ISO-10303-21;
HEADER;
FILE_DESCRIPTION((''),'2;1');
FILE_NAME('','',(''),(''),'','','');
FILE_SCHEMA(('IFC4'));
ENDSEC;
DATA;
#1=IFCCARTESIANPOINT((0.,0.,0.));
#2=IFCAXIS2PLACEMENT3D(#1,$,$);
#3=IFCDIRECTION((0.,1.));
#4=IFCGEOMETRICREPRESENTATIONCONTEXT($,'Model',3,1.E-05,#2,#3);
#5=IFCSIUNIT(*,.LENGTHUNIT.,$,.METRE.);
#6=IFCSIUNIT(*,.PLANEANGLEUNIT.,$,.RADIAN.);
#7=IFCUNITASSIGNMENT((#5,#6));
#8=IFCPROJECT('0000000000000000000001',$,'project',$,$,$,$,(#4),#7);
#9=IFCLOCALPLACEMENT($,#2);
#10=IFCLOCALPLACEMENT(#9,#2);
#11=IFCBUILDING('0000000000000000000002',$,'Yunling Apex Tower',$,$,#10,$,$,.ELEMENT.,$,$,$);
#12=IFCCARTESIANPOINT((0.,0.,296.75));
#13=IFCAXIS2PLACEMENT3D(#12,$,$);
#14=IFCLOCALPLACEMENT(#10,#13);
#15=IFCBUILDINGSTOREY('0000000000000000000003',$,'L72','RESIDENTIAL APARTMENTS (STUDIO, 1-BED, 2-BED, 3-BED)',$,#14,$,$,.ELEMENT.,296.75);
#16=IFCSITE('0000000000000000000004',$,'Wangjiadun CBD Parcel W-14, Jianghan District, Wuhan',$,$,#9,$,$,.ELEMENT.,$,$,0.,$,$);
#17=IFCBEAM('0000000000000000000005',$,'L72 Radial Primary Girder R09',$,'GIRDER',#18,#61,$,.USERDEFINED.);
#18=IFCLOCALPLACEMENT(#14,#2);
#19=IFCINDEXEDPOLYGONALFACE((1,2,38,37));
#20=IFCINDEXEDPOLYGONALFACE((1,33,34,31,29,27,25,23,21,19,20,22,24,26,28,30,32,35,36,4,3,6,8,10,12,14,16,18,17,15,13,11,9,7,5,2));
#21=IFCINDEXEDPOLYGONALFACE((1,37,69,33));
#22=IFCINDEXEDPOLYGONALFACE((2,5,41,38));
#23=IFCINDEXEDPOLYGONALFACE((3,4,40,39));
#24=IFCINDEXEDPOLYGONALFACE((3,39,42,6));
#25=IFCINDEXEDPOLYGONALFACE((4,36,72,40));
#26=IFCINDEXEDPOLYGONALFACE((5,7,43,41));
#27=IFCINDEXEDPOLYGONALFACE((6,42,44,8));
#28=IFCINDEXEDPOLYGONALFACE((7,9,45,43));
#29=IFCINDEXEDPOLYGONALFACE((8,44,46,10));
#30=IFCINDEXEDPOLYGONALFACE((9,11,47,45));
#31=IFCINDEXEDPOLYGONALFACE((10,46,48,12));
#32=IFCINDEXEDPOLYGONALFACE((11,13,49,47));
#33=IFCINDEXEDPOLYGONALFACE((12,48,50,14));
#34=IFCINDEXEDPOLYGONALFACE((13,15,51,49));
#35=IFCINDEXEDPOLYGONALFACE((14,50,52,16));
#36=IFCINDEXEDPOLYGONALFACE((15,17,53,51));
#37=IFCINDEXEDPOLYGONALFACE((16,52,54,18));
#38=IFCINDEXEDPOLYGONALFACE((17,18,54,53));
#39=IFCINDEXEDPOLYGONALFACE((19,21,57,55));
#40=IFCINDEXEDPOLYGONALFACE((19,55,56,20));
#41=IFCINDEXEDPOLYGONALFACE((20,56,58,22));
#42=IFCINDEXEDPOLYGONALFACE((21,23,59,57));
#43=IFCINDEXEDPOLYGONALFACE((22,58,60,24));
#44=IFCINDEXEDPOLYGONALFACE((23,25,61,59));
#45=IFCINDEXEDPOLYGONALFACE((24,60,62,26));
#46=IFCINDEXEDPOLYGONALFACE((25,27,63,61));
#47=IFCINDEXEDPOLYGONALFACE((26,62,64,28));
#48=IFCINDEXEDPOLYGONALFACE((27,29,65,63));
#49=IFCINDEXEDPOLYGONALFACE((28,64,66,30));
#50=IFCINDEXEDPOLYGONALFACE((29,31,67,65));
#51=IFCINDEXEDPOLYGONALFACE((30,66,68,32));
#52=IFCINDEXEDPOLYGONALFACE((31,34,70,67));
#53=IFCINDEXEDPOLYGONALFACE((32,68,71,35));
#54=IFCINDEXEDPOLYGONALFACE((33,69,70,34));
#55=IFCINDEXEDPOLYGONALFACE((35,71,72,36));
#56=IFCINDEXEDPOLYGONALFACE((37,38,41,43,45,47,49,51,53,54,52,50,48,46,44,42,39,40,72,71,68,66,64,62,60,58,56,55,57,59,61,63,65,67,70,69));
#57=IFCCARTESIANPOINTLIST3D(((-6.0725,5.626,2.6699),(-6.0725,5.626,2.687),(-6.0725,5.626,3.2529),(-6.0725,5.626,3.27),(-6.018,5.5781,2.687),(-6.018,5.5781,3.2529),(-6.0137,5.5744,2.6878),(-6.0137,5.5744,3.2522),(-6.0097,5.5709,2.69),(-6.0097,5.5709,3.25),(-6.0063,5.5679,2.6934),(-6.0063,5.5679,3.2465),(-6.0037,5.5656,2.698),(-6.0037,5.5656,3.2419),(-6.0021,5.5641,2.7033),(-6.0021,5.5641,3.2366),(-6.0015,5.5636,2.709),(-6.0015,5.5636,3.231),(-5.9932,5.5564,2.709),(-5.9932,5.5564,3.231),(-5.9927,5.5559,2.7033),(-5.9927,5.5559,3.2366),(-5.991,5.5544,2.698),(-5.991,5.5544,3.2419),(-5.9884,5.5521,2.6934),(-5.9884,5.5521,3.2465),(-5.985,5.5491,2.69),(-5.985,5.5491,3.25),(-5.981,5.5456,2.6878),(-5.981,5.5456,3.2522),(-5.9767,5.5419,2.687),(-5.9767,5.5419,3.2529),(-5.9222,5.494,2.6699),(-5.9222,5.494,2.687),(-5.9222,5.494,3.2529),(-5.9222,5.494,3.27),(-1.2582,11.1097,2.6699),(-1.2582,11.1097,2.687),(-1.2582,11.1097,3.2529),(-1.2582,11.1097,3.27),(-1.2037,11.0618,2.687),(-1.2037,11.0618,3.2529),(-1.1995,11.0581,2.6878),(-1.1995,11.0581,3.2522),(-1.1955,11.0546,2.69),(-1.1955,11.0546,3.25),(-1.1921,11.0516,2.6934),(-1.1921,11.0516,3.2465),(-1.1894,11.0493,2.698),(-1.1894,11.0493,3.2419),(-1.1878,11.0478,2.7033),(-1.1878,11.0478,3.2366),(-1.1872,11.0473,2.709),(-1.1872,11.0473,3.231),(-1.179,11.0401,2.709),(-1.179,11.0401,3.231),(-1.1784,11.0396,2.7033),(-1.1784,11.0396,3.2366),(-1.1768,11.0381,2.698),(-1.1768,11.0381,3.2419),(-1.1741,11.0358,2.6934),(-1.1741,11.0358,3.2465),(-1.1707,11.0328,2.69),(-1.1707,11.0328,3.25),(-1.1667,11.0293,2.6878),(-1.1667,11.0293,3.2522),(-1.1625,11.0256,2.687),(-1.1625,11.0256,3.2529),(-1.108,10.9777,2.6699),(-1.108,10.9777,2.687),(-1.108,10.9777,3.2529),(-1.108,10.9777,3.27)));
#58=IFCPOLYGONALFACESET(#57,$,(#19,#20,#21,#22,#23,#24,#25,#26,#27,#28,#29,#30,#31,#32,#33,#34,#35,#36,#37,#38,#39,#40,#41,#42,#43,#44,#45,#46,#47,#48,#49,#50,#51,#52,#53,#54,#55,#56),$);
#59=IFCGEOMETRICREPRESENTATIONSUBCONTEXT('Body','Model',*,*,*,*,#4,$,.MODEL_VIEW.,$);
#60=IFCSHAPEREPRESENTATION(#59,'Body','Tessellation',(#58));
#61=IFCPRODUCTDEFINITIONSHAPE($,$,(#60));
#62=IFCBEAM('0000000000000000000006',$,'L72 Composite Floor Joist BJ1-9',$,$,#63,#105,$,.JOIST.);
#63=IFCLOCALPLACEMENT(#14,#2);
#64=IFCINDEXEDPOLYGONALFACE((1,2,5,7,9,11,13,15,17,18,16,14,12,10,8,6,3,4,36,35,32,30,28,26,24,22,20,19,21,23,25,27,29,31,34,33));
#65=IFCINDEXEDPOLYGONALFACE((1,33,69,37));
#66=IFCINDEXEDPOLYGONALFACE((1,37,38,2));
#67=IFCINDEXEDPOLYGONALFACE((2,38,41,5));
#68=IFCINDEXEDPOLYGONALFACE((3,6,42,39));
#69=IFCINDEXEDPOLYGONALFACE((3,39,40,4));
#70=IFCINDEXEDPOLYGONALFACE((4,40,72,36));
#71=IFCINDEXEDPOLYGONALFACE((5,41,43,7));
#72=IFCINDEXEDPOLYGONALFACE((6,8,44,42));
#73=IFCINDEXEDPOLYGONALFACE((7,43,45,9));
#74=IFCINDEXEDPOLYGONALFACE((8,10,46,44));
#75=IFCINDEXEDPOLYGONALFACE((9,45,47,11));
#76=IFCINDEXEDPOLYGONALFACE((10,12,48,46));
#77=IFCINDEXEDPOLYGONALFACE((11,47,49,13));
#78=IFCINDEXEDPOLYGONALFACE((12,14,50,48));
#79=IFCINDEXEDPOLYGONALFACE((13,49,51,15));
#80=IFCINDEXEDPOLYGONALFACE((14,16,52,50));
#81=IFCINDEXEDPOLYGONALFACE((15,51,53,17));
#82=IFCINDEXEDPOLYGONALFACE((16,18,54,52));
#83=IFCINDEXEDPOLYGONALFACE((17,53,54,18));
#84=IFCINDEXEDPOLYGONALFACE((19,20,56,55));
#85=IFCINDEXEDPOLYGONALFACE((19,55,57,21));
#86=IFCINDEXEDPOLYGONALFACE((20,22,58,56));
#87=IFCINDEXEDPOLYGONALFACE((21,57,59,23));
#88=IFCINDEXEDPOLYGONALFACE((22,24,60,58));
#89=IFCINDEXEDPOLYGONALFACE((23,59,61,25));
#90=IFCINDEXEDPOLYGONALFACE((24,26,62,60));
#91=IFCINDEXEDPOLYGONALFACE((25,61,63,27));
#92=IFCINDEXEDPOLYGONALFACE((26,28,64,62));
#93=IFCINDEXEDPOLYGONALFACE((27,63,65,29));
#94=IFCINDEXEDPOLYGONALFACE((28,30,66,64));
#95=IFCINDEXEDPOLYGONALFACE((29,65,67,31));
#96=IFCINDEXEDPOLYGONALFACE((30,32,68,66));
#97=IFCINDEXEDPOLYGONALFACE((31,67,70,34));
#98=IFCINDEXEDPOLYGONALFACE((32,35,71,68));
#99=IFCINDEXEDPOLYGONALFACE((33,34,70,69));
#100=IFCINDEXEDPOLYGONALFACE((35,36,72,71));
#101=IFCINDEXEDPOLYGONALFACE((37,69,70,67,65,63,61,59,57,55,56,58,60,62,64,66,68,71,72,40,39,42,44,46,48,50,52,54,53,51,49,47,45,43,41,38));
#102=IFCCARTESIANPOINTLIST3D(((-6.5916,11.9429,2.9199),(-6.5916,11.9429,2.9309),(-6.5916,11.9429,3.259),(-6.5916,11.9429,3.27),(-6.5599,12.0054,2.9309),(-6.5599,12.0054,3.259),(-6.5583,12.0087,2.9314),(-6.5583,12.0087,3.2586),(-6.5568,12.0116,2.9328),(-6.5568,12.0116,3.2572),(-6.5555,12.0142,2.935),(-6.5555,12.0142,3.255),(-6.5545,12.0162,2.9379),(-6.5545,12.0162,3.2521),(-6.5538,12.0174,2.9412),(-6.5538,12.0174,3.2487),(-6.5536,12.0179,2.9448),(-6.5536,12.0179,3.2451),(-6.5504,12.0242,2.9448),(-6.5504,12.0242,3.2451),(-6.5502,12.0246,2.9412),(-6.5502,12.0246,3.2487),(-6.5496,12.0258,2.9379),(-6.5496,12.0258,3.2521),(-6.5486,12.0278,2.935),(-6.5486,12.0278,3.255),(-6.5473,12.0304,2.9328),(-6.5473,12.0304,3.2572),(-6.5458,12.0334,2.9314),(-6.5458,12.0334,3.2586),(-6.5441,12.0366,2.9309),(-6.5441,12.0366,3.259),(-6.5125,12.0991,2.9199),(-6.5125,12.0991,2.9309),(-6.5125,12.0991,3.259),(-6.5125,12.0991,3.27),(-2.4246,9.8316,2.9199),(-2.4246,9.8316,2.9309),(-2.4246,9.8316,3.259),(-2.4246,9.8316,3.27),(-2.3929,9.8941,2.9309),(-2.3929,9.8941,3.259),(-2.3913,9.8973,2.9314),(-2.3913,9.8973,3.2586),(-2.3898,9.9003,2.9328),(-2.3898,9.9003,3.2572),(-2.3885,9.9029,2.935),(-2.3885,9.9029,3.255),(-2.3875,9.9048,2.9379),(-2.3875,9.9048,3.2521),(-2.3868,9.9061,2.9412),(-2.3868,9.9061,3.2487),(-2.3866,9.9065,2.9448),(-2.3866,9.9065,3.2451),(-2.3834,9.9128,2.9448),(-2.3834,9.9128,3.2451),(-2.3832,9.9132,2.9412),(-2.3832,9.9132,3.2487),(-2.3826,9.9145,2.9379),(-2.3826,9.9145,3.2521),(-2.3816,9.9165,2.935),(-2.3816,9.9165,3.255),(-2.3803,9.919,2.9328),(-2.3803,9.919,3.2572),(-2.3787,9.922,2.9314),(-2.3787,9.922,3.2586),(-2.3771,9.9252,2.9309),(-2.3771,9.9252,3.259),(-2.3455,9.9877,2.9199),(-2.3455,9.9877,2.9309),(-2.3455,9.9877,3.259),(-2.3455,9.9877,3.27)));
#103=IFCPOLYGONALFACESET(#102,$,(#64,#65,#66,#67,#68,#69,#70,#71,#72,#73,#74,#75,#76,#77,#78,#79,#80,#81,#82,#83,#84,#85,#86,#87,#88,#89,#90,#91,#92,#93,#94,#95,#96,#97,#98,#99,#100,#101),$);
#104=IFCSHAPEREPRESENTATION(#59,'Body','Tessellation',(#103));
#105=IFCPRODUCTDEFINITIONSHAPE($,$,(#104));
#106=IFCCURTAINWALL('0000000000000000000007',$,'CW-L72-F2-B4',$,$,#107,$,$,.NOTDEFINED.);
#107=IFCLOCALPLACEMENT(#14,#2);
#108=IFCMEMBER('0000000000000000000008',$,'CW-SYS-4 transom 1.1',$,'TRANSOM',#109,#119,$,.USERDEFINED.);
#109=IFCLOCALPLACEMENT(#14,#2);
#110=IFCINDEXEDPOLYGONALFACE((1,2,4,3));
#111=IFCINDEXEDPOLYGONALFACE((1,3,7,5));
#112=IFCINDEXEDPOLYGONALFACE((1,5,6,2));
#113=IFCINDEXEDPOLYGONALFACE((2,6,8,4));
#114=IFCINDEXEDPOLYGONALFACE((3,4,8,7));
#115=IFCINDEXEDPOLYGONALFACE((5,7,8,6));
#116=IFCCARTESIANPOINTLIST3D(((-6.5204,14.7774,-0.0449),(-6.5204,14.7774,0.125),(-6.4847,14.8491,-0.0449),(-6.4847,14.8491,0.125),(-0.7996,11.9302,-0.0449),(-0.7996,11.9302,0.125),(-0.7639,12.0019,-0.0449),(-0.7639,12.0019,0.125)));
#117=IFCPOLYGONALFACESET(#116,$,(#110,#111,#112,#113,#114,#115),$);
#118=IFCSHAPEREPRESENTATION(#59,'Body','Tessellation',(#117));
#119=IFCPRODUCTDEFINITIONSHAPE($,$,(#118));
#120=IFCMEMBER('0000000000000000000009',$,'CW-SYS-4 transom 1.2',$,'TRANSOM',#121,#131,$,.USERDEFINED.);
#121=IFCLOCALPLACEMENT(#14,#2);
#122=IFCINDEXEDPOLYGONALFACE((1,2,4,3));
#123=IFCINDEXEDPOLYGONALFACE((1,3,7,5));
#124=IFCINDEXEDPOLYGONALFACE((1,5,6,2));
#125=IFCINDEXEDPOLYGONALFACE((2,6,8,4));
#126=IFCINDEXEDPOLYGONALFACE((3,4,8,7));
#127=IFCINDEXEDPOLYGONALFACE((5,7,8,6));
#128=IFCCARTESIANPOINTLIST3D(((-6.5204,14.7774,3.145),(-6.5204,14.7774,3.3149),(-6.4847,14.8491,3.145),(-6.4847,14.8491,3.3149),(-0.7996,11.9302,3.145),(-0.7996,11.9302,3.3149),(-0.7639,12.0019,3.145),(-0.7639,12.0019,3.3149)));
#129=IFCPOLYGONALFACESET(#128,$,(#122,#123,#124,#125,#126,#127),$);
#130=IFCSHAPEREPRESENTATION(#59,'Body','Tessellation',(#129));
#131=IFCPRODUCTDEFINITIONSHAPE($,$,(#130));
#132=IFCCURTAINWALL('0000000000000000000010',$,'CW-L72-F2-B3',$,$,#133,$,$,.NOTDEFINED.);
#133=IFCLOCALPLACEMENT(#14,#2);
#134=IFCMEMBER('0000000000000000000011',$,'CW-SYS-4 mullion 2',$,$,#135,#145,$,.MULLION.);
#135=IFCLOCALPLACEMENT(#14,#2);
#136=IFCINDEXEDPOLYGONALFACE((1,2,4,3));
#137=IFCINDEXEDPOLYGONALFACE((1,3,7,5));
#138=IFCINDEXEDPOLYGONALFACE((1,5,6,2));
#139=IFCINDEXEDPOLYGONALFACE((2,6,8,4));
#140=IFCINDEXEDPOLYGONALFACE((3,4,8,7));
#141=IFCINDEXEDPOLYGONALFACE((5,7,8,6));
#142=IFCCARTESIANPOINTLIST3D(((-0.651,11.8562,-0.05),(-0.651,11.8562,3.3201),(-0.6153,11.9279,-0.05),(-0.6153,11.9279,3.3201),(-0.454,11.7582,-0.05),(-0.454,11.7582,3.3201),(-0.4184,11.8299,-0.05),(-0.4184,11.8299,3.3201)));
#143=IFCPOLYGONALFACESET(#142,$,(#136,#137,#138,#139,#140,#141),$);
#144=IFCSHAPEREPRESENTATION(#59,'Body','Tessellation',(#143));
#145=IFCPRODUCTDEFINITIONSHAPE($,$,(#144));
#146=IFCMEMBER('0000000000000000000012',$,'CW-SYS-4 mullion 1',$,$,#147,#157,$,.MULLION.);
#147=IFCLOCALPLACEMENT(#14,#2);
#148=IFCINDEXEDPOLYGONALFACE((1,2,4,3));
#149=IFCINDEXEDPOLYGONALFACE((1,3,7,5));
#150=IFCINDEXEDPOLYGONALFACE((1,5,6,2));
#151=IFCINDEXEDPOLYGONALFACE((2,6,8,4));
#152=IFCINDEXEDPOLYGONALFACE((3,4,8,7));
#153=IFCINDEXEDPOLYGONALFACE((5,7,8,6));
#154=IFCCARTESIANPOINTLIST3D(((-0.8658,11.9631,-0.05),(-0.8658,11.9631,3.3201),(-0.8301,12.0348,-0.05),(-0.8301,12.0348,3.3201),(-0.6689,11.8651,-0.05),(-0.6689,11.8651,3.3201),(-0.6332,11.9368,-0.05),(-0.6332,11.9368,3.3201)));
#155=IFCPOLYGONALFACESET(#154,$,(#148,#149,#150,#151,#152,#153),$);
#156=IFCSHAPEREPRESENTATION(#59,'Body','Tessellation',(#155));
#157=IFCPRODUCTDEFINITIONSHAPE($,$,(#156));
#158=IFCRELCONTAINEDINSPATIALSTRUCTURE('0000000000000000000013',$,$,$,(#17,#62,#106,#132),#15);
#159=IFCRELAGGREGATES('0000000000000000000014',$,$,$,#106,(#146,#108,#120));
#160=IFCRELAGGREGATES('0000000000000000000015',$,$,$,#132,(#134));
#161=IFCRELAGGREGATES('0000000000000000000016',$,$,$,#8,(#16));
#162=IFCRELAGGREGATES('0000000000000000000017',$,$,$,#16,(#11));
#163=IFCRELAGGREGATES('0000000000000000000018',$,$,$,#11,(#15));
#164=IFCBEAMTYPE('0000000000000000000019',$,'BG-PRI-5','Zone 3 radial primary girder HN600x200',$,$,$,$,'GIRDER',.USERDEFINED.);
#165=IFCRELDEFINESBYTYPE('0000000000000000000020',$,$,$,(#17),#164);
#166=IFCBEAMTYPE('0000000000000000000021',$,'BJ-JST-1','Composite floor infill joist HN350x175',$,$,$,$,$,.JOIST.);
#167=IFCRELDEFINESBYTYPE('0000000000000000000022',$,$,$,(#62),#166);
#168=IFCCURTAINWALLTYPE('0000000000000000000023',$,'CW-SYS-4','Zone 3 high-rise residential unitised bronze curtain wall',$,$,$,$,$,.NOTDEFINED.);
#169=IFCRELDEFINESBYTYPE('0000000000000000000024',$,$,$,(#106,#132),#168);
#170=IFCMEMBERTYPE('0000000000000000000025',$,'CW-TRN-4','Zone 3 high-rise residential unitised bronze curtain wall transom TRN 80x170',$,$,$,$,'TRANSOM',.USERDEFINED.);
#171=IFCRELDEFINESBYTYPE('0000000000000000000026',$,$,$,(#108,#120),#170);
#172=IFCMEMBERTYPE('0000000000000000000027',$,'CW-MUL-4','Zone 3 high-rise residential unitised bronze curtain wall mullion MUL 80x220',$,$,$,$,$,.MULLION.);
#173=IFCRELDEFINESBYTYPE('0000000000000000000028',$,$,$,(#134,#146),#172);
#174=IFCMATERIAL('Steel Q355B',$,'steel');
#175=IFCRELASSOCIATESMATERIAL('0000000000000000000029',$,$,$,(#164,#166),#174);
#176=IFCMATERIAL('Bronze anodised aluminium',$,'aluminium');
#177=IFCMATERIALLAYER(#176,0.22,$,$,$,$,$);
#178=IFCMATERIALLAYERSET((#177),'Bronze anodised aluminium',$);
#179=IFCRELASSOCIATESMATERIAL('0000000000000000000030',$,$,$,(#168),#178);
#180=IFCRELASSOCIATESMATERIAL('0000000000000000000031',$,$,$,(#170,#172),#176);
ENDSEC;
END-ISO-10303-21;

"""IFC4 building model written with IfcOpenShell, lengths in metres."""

from ifc_helpers import new_model, si_unit, direction, frame, origin, origin_2d, place, context, subcontext, project, spatial, rectangle, i_section, extrude, source, transform, mapped, material, layer, layer_set, material_profile, profile_set, type_object, element, aggregate, save


model = new_model("IFC4")

# Units and contexts
model_context = context("Model", 3, precision=1e-05, world=origin(), true_north=direction((0.0, 1.0)))
body_context = subcontext(model_context, "Body", "Model", "MODEL_VIEW")
ifc_project = project(units=[si_unit("LENGTHUNIT", "METRE"), si_unit("PLANEANGLEUNIT", "RADIAN")], contexts=[model_context])

# Site, building, storey
site_placement = place(None, origin())
site = spatial("IfcSite", under=ifc_project, at=site_placement, Name="Wangjiadun CBD Parcel W-14, Jianghan District, Wuhan", CompositionType="ELEMENT", RefElevation=0.0)
building_placement = place(site_placement, origin())
building = spatial("IfcBuilding", under=site, at=building_placement, Name="Yunling Apex Tower", CompositionType="ELEMENT")
storey_placement = place(building_placement, frame((0.0, 0.0, 296.75)))
storey = spatial("IfcBuildingStorey", under=building, at=storey_placement, Name="L72", Description="RESIDENTIAL APARTMENTS (STUDIO, 1-BED, 2-BED, 3-BED)", CompositionType="ELEMENT", Elevation=296.75)

# Shared definitions
ifc_material_1 = material(Name="Steel Q355B", Category="steel")

# Beams
ifc_material_profile_1 = material_profile(ifc_material_1, i_section(OverallWidth=0.2, OverallDepth=0.6001, WebThickness=0.011, FlangeThickness=0.0171, FilletRadius=0.022, at=origin_2d()))
ifc_profile_set_1 = profile_set([ifc_material_profile_1], Name="Steel Q355B")
beam_type_1 = type_object("IfcBeamType", Name="BG-PRI-5", Description="Zone 3 radial primary girder HN600x200", ElementType="GIRDER", PredefinedType="USERDEFINED", material=ifc_profile_set_1)
shared_shape_1 = source(origin(), body_context, "Body", "SweptSolid", [
    extrude(i_section(OverallWidth=0.2, OverallDepth=0.6001, WebThickness=0.011, FlangeThickness=0.0171, FilletRadius=0.022, at=origin_2d()), origin(), (0.0, 0.0, 1.0), 7.2971),
])
beam_1_placement = place(storey_placement, frame((-1.1831, 11.0437, 2.97), z_axis=(-0.659747, -0.751488, 0.0), x_axis=(0.751488, -0.659747, 0.0)))
element("IfcBeam", 1, at=beam_1_placement, inside=storey, type_object=beam_type_1, Name="L72 Radial Primary Girder R09", ObjectType="GIRDER", PredefinedType="USERDEFINED", context=body_context, shape_type="MappedRepresentation", body=[
    mapped(shared_shape_1, transform((0.0, 0.0, 0.0), scale=1.0)),
])
ifc_material_profile_2 = material_profile(ifc_material_1, i_section(OverallWidth=0.175, OverallDepth=0.3501, WebThickness=0.0071, FlangeThickness=0.011, FilletRadius=0.0139, at=origin_2d()))
ifc_profile_set_2 = profile_set([ifc_material_profile_2], Name="Steel Q355B")
beam_type_2 = type_object("IfcBeamType", Name="BJ-JST-1", Description="Composite floor infill joist HN350x175", PredefinedType="JOIST", material=ifc_profile_set_2)
shared_shape_2 = source(origin(), body_context, "Body", "SweptSolid", [
    extrude(i_section(OverallWidth=0.175, OverallDepth=0.3501, WebThickness=0.0071, FlangeThickness=0.011, FilletRadius=0.0139, at=origin_2d()), origin(), (0.0, 0.0, 1.0), 4.6714),
])
beam_2_placement = place(storey_placement, frame((-2.385, 9.9097, 3.095), z_axis=(-0.892031, 0.451974, 0.0), x_axis=(-0.451974, -0.892031, 0.0)))
element("IfcBeam", 2, at=beam_2_placement, inside=storey, type_object=beam_type_2, Name="L72 Composite Floor Joist BJ1-9", PredefinedType="JOIST", context=body_context, shape_type="MappedRepresentation", body=[
    mapped(shared_shape_2, transform((0.0, 0.0, 0.0), scale=1.0)),
])

# Curtain wall, members
ifc_material_2 = material(Name="Bronze anodised aluminium", Category="aluminium")
ifc_layer_1 = layer(ifc_material_2, 0.22)
ifc_layer_set_1 = layer_set([ifc_layer_1], Name="Bronze anodised aluminium")
curtain_wall_type = type_object("IfcCurtainWallType", Name="CW-SYS-4", Description="Zone 3 high-rise residential unitised bronze curtain wall", PredefinedType="NOTDEFINED", material=ifc_layer_set_1)
curtain_wall_1_placement = place(storey_placement, origin())
curtain_wall_1 = element("IfcCurtainWall", 3, at=curtain_wall_1_placement, inside=storey, type_object=curtain_wall_type, Name="CW-L72-F2-B4", PredefinedType="NOTDEFINED")
ifc_material_profile_3 = material_profile(ifc_material_2, rectangle(XDim=0.0801, YDim=0.1699, at=origin_2d()))
ifc_profile_set_3 = profile_set([ifc_material_profile_3], Name="Bronze anodised aluminium")
member_type_1 = type_object("IfcMemberType", Name="CW-TRN-4", Description="Zone 3 high-rise residential unitised bronze curtain wall transom TRN 80x170", ElementType="TRANSOM", PredefinedType="USERDEFINED", material=ifc_profile_set_3)
shared_shape_3 = source(origin(), body_context, "Body", "SweptSolid", [
    extrude(rectangle(XDim=0.0801, YDim=0.1699, at=origin_2d()), origin(), (0.0, 0.0, 1.0), 6.3901),
])
member_1_placement = place(storey_placement, frame((-0.7817, 11.9661, 0.04), z_axis=(-0.895251, 0.445562, 0.0), x_axis=(-0.445562, -0.895251, 0.0)))
member_1 = element("IfcMember", 4, at=member_1_placement, type_object=member_type_1, Name="CW-SYS-4 transom 1.1", ObjectType="TRANSOM", PredefinedType="USERDEFINED", context=body_context, shape_type="MappedRepresentation", body=[
    mapped(shared_shape_3, transform((0.0, 0.0, 0.0), scale=1.0)),
])
member_2_placement = place(storey_placement, frame((-0.7817, 11.9661, 3.23), z_axis=(-0.895251, 0.445562, 0.0), x_axis=(-0.445562, -0.895251, 0.0)))
member_2 = element("IfcMember", 5, at=member_2_placement, type_object=member_type_1, Name="CW-SYS-4 transom 1.2", ObjectType="TRANSOM", PredefinedType="USERDEFINED", context=body_context, shape_type="MappedRepresentation", body=[
    mapped(shared_shape_3, transform((0.0, 0.0, 0.0), scale=1.0)),
])

# Curtain wall, member
curtain_wall_2_placement = place(storey_placement, origin())
curtain_wall_2 = element("IfcCurtainWall", 6, at=curtain_wall_2_placement, inside=storey, type_object=curtain_wall_type, Name="CW-L72-F2-B3", PredefinedType="NOTDEFINED")
ifc_material_profile_4 = material_profile(ifc_material_2, rectangle(XDim=0.0801, YDim=0.22, at=origin_2d()))
ifc_profile_set_4 = profile_set([ifc_material_profile_4], Name="Bronze anodised aluminium")
member_type_2 = type_object("IfcMemberType", Name="CW-MUL-4", Description="Zone 3 high-rise residential unitised bronze curtain wall mullion MUL 80x220", PredefinedType="MULLION", material=ifc_profile_set_4)
shared_shape_4 = source(origin(), body_context, "Body", "SweptSolid", [
    extrude(rectangle(XDim=0.0801, YDim=0.22, at=origin_2d()), origin(), (0.0, 0.0, 1.0), 3.3701),
])
member_3_placement = place(storey_placement, frame((-0.5347, 11.843, -0.05), z_axis=(0.0, 0.0, 1.0), x_axis=(-0.445562, -0.895251, 0.0)))
member_3 = element("IfcMember", 7, at=member_3_placement, type_object=member_type_2, Name="CW-SYS-4 mullion 2", PredefinedType="MULLION", context=body_context, shape_type="MappedRepresentation", body=[
    mapped(shared_shape_4, transform((0.0, 0.0, 0.0), scale=1.0)),
])

# Member
member_4_placement = place(storey_placement, frame((-0.7495, 11.95, -0.05), z_axis=(0.0, 0.0, 1.0), x_axis=(-0.445568, -0.895248, 0.0)))
member_4 = element("IfcMember", 8, at=member_4_placement, type_object=member_type_2, Name="CW-SYS-4 mullion 1", PredefinedType="MULLION", context=body_context, shape_type="MappedRepresentation", body=[
    mapped(shared_shape_4, transform((0.0, 0.0, 0.0), scale=1.0)),
])
aggregate(curtain_wall_1, [member_4, member_1, member_2])

aggregate(curtain_wall_2, [member_3])

save(model, "model.ifc")
